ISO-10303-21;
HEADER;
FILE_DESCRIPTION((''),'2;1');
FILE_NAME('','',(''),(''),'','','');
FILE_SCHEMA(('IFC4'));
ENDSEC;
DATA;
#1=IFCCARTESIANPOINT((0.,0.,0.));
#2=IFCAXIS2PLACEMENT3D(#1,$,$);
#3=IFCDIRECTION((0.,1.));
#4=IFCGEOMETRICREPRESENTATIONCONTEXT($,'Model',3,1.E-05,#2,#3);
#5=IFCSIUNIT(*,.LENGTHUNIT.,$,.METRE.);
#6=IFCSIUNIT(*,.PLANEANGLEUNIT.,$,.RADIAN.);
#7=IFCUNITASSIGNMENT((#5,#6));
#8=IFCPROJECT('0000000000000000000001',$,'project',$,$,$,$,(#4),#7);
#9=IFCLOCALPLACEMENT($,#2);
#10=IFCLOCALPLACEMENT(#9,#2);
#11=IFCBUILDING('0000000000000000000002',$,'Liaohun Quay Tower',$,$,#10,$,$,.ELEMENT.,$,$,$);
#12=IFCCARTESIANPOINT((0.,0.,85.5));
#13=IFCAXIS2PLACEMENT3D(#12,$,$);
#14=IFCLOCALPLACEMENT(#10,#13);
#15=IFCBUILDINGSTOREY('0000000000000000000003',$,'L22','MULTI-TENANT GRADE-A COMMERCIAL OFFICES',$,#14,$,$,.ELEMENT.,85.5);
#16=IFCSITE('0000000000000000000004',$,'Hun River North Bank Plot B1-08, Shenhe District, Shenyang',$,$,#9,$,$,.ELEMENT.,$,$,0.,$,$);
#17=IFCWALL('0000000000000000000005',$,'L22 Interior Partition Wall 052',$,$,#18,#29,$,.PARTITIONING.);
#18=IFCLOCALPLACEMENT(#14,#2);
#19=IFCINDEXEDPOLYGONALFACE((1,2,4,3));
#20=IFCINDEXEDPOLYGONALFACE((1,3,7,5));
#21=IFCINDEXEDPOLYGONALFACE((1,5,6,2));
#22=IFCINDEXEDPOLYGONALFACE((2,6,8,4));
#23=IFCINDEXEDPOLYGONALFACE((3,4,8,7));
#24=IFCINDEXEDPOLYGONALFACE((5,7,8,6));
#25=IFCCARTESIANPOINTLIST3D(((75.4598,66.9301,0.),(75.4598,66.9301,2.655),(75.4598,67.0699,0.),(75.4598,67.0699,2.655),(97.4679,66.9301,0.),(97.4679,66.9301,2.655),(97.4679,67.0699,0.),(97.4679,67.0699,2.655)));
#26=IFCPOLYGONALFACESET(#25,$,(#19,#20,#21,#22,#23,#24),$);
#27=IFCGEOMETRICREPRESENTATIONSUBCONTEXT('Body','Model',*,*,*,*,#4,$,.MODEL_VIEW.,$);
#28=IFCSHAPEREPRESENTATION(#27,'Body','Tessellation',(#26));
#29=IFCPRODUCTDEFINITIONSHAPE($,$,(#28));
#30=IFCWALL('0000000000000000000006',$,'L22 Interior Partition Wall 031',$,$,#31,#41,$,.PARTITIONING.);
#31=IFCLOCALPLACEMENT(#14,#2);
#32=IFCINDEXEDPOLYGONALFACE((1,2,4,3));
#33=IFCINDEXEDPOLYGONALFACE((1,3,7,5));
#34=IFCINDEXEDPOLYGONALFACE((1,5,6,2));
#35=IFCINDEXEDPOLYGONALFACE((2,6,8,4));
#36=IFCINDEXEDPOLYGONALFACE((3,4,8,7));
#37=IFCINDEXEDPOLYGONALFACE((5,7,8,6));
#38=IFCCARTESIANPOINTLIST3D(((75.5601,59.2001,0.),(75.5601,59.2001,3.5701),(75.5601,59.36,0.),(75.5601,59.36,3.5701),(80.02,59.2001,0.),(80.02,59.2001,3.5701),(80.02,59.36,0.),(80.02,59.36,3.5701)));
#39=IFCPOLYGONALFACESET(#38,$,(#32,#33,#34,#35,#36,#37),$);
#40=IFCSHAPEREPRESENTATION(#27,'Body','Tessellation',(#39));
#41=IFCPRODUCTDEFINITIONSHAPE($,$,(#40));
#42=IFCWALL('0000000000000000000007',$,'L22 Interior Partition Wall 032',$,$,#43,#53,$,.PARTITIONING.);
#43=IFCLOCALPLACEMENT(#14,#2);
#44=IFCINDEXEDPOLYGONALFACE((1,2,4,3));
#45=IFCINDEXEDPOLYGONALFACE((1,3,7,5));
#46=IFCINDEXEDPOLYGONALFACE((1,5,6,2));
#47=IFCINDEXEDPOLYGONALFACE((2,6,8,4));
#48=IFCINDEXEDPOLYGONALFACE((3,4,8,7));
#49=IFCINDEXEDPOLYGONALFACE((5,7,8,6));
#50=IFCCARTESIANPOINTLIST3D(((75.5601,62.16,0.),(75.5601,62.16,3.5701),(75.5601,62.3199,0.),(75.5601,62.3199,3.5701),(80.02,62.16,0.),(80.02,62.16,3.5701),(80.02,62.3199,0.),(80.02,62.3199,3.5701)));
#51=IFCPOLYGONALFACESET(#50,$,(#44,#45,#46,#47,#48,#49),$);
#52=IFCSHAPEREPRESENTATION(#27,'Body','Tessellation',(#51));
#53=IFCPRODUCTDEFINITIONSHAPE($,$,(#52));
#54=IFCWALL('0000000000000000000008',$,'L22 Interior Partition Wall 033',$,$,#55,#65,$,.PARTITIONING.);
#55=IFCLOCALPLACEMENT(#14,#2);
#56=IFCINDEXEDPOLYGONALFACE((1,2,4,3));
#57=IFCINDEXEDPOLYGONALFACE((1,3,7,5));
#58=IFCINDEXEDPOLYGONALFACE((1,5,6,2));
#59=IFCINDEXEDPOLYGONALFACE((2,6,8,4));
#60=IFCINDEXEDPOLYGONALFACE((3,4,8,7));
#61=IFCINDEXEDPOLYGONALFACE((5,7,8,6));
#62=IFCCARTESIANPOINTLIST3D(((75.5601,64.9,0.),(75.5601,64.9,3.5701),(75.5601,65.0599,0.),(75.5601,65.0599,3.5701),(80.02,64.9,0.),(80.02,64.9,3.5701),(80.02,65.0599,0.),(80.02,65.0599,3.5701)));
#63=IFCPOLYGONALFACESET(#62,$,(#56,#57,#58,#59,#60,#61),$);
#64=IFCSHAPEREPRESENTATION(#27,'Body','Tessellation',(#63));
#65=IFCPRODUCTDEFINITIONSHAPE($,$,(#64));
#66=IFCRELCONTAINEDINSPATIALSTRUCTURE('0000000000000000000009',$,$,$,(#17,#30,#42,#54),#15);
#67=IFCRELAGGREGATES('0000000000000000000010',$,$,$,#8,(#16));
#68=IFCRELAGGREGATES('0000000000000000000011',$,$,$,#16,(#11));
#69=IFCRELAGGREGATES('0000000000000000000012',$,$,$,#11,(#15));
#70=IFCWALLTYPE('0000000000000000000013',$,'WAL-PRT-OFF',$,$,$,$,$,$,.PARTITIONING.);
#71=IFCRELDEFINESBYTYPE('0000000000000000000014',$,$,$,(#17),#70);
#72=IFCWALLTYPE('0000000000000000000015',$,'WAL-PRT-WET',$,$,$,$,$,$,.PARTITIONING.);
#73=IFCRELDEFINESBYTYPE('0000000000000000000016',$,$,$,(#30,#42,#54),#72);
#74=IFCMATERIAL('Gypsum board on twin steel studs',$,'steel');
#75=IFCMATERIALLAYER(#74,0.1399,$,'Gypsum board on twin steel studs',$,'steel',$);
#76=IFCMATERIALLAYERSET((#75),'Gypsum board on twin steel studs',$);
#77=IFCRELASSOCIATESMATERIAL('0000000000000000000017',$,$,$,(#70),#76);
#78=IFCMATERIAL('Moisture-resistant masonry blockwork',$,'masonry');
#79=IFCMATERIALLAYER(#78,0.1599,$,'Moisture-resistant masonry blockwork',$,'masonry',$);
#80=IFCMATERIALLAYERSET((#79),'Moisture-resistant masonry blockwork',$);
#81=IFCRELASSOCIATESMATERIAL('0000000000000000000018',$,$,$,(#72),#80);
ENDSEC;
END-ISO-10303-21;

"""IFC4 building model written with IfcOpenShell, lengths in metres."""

from ifc_helpers import new_model, si_unit, direction, frame, frame_2d, origin, place, context, subcontext, project, spatial, rectangle, extrude, material, layer, layer_set, type_object, element, save


model = new_model("IFC4")

# Units and contexts
model_context = context("Model", 3, precision=1e-05, world=origin(), true_north=direction((0.0, 1.0)))
body_context = subcontext(model_context, "Body", "Model", "MODEL_VIEW")
ifc_project = project(units=[si_unit("LENGTHUNIT", "METRE"), si_unit("PLANEANGLEUNIT", "RADIAN")], contexts=[model_context])

# Site, building, storey
site_placement = place(None, origin())
site = spatial("IfcSite", under=ifc_project, at=site_placement, Name="Hun River North Bank Plot B1-08, Shenhe District, Shenyang", CompositionType="ELEMENT", RefElevation=0.0)
building_placement = place(site_placement, origin())
building = spatial("IfcBuilding", under=site, at=building_placement, Name="Liaohun Quay Tower", CompositionType="ELEMENT")
storey_placement = place(building_placement, frame((0.0, 0.0, 85.5)))
storey = spatial("IfcBuildingStorey", under=building, at=storey_placement, Name="L22", Description="MULTI-TENANT GRADE-A COMMERCIAL OFFICES", CompositionType="ELEMENT", Elevation=85.5)

# Wall
ifc_material_1 = material(Name="Gypsum board on twin steel studs", Category="steel")
ifc_layer_1 = layer(ifc_material_1, 0.1399, Name="Gypsum board on twin steel studs", Category="steel")
ifc_layer_set_1 = layer_set([ifc_layer_1], Name="Gypsum board on twin steel studs")
wall_type_1 = type_object("IfcWallType", Name="WAL-PRT-OFF", PredefinedType="PARTITIONING", material=ifc_layer_set_1)
wall_1_placement = place(storey_placement, frame((75.46, 67.0, 0.0), z_axis=(0.0, 0.0, 1.0), x_axis=(1.0, 0.0, 0.0)))
element("IfcWall", 1, at=wall_1_placement, inside=storey, type_object=wall_type_1, Name="L22 Interior Partition Wall 052", PredefinedType="PARTITIONING", context=body_context, shape_type="SweptSolid", body=[
    extrude(rectangle(XDim=22.0081, YDim=0.1399, at=frame_2d((11.0039, 0.0))), origin(), (0.0, 0.0, 1.0), 2.655),
])

# Shared definitions
ifc_material_2 = material(Name="Moisture-resistant masonry blockwork", Category="masonry")
ifc_layer_2 = layer(ifc_material_2, 0.1599, Name="Moisture-resistant masonry blockwork", Category="masonry")
ifc_layer_set_2 = layer_set([ifc_layer_2], Name="Moisture-resistant masonry blockwork")
wall_type_2 = type_object("IfcWallType", Name="WAL-PRT-WET", PredefinedType="PARTITIONING", material=ifc_layer_set_2)

# Walls
for number, where, z_axis, x_axis, name in (
    (2, (75.5601, 59.28, 0.0), (0.0, 0.0, 1.0), (1.0, 0.0, 0.0), "L22 Interior Partition Wall 031"),
    (3, (75.5601, 62.24, 0.0), (0.0, 0.0, 1.0), (1.0, 0.0, 0.0), "L22 Interior Partition Wall 032"),
    (4, (75.5601, 64.98, 0.0), (0.0, 0.0, 1.0), (1.0, 0.0, 0.0), "L22 Interior Partition Wall 033"),
):
    element("IfcWall", number, at=place(storey_placement, frame(where, z_axis=z_axis, x_axis=x_axis)), inside=storey, type_object=wall_type_2, Name=name, PredefinedType="PARTITIONING", context=body_context, shape_type="SweptSolid", body=[
        extrude(rectangle(XDim=4.46, YDim=0.1599, at=frame_2d((2.23, 0.0))), origin(), (0.0, 0.0, 1.0), 3.5701),
    ])

save(model, "model.ifc")
